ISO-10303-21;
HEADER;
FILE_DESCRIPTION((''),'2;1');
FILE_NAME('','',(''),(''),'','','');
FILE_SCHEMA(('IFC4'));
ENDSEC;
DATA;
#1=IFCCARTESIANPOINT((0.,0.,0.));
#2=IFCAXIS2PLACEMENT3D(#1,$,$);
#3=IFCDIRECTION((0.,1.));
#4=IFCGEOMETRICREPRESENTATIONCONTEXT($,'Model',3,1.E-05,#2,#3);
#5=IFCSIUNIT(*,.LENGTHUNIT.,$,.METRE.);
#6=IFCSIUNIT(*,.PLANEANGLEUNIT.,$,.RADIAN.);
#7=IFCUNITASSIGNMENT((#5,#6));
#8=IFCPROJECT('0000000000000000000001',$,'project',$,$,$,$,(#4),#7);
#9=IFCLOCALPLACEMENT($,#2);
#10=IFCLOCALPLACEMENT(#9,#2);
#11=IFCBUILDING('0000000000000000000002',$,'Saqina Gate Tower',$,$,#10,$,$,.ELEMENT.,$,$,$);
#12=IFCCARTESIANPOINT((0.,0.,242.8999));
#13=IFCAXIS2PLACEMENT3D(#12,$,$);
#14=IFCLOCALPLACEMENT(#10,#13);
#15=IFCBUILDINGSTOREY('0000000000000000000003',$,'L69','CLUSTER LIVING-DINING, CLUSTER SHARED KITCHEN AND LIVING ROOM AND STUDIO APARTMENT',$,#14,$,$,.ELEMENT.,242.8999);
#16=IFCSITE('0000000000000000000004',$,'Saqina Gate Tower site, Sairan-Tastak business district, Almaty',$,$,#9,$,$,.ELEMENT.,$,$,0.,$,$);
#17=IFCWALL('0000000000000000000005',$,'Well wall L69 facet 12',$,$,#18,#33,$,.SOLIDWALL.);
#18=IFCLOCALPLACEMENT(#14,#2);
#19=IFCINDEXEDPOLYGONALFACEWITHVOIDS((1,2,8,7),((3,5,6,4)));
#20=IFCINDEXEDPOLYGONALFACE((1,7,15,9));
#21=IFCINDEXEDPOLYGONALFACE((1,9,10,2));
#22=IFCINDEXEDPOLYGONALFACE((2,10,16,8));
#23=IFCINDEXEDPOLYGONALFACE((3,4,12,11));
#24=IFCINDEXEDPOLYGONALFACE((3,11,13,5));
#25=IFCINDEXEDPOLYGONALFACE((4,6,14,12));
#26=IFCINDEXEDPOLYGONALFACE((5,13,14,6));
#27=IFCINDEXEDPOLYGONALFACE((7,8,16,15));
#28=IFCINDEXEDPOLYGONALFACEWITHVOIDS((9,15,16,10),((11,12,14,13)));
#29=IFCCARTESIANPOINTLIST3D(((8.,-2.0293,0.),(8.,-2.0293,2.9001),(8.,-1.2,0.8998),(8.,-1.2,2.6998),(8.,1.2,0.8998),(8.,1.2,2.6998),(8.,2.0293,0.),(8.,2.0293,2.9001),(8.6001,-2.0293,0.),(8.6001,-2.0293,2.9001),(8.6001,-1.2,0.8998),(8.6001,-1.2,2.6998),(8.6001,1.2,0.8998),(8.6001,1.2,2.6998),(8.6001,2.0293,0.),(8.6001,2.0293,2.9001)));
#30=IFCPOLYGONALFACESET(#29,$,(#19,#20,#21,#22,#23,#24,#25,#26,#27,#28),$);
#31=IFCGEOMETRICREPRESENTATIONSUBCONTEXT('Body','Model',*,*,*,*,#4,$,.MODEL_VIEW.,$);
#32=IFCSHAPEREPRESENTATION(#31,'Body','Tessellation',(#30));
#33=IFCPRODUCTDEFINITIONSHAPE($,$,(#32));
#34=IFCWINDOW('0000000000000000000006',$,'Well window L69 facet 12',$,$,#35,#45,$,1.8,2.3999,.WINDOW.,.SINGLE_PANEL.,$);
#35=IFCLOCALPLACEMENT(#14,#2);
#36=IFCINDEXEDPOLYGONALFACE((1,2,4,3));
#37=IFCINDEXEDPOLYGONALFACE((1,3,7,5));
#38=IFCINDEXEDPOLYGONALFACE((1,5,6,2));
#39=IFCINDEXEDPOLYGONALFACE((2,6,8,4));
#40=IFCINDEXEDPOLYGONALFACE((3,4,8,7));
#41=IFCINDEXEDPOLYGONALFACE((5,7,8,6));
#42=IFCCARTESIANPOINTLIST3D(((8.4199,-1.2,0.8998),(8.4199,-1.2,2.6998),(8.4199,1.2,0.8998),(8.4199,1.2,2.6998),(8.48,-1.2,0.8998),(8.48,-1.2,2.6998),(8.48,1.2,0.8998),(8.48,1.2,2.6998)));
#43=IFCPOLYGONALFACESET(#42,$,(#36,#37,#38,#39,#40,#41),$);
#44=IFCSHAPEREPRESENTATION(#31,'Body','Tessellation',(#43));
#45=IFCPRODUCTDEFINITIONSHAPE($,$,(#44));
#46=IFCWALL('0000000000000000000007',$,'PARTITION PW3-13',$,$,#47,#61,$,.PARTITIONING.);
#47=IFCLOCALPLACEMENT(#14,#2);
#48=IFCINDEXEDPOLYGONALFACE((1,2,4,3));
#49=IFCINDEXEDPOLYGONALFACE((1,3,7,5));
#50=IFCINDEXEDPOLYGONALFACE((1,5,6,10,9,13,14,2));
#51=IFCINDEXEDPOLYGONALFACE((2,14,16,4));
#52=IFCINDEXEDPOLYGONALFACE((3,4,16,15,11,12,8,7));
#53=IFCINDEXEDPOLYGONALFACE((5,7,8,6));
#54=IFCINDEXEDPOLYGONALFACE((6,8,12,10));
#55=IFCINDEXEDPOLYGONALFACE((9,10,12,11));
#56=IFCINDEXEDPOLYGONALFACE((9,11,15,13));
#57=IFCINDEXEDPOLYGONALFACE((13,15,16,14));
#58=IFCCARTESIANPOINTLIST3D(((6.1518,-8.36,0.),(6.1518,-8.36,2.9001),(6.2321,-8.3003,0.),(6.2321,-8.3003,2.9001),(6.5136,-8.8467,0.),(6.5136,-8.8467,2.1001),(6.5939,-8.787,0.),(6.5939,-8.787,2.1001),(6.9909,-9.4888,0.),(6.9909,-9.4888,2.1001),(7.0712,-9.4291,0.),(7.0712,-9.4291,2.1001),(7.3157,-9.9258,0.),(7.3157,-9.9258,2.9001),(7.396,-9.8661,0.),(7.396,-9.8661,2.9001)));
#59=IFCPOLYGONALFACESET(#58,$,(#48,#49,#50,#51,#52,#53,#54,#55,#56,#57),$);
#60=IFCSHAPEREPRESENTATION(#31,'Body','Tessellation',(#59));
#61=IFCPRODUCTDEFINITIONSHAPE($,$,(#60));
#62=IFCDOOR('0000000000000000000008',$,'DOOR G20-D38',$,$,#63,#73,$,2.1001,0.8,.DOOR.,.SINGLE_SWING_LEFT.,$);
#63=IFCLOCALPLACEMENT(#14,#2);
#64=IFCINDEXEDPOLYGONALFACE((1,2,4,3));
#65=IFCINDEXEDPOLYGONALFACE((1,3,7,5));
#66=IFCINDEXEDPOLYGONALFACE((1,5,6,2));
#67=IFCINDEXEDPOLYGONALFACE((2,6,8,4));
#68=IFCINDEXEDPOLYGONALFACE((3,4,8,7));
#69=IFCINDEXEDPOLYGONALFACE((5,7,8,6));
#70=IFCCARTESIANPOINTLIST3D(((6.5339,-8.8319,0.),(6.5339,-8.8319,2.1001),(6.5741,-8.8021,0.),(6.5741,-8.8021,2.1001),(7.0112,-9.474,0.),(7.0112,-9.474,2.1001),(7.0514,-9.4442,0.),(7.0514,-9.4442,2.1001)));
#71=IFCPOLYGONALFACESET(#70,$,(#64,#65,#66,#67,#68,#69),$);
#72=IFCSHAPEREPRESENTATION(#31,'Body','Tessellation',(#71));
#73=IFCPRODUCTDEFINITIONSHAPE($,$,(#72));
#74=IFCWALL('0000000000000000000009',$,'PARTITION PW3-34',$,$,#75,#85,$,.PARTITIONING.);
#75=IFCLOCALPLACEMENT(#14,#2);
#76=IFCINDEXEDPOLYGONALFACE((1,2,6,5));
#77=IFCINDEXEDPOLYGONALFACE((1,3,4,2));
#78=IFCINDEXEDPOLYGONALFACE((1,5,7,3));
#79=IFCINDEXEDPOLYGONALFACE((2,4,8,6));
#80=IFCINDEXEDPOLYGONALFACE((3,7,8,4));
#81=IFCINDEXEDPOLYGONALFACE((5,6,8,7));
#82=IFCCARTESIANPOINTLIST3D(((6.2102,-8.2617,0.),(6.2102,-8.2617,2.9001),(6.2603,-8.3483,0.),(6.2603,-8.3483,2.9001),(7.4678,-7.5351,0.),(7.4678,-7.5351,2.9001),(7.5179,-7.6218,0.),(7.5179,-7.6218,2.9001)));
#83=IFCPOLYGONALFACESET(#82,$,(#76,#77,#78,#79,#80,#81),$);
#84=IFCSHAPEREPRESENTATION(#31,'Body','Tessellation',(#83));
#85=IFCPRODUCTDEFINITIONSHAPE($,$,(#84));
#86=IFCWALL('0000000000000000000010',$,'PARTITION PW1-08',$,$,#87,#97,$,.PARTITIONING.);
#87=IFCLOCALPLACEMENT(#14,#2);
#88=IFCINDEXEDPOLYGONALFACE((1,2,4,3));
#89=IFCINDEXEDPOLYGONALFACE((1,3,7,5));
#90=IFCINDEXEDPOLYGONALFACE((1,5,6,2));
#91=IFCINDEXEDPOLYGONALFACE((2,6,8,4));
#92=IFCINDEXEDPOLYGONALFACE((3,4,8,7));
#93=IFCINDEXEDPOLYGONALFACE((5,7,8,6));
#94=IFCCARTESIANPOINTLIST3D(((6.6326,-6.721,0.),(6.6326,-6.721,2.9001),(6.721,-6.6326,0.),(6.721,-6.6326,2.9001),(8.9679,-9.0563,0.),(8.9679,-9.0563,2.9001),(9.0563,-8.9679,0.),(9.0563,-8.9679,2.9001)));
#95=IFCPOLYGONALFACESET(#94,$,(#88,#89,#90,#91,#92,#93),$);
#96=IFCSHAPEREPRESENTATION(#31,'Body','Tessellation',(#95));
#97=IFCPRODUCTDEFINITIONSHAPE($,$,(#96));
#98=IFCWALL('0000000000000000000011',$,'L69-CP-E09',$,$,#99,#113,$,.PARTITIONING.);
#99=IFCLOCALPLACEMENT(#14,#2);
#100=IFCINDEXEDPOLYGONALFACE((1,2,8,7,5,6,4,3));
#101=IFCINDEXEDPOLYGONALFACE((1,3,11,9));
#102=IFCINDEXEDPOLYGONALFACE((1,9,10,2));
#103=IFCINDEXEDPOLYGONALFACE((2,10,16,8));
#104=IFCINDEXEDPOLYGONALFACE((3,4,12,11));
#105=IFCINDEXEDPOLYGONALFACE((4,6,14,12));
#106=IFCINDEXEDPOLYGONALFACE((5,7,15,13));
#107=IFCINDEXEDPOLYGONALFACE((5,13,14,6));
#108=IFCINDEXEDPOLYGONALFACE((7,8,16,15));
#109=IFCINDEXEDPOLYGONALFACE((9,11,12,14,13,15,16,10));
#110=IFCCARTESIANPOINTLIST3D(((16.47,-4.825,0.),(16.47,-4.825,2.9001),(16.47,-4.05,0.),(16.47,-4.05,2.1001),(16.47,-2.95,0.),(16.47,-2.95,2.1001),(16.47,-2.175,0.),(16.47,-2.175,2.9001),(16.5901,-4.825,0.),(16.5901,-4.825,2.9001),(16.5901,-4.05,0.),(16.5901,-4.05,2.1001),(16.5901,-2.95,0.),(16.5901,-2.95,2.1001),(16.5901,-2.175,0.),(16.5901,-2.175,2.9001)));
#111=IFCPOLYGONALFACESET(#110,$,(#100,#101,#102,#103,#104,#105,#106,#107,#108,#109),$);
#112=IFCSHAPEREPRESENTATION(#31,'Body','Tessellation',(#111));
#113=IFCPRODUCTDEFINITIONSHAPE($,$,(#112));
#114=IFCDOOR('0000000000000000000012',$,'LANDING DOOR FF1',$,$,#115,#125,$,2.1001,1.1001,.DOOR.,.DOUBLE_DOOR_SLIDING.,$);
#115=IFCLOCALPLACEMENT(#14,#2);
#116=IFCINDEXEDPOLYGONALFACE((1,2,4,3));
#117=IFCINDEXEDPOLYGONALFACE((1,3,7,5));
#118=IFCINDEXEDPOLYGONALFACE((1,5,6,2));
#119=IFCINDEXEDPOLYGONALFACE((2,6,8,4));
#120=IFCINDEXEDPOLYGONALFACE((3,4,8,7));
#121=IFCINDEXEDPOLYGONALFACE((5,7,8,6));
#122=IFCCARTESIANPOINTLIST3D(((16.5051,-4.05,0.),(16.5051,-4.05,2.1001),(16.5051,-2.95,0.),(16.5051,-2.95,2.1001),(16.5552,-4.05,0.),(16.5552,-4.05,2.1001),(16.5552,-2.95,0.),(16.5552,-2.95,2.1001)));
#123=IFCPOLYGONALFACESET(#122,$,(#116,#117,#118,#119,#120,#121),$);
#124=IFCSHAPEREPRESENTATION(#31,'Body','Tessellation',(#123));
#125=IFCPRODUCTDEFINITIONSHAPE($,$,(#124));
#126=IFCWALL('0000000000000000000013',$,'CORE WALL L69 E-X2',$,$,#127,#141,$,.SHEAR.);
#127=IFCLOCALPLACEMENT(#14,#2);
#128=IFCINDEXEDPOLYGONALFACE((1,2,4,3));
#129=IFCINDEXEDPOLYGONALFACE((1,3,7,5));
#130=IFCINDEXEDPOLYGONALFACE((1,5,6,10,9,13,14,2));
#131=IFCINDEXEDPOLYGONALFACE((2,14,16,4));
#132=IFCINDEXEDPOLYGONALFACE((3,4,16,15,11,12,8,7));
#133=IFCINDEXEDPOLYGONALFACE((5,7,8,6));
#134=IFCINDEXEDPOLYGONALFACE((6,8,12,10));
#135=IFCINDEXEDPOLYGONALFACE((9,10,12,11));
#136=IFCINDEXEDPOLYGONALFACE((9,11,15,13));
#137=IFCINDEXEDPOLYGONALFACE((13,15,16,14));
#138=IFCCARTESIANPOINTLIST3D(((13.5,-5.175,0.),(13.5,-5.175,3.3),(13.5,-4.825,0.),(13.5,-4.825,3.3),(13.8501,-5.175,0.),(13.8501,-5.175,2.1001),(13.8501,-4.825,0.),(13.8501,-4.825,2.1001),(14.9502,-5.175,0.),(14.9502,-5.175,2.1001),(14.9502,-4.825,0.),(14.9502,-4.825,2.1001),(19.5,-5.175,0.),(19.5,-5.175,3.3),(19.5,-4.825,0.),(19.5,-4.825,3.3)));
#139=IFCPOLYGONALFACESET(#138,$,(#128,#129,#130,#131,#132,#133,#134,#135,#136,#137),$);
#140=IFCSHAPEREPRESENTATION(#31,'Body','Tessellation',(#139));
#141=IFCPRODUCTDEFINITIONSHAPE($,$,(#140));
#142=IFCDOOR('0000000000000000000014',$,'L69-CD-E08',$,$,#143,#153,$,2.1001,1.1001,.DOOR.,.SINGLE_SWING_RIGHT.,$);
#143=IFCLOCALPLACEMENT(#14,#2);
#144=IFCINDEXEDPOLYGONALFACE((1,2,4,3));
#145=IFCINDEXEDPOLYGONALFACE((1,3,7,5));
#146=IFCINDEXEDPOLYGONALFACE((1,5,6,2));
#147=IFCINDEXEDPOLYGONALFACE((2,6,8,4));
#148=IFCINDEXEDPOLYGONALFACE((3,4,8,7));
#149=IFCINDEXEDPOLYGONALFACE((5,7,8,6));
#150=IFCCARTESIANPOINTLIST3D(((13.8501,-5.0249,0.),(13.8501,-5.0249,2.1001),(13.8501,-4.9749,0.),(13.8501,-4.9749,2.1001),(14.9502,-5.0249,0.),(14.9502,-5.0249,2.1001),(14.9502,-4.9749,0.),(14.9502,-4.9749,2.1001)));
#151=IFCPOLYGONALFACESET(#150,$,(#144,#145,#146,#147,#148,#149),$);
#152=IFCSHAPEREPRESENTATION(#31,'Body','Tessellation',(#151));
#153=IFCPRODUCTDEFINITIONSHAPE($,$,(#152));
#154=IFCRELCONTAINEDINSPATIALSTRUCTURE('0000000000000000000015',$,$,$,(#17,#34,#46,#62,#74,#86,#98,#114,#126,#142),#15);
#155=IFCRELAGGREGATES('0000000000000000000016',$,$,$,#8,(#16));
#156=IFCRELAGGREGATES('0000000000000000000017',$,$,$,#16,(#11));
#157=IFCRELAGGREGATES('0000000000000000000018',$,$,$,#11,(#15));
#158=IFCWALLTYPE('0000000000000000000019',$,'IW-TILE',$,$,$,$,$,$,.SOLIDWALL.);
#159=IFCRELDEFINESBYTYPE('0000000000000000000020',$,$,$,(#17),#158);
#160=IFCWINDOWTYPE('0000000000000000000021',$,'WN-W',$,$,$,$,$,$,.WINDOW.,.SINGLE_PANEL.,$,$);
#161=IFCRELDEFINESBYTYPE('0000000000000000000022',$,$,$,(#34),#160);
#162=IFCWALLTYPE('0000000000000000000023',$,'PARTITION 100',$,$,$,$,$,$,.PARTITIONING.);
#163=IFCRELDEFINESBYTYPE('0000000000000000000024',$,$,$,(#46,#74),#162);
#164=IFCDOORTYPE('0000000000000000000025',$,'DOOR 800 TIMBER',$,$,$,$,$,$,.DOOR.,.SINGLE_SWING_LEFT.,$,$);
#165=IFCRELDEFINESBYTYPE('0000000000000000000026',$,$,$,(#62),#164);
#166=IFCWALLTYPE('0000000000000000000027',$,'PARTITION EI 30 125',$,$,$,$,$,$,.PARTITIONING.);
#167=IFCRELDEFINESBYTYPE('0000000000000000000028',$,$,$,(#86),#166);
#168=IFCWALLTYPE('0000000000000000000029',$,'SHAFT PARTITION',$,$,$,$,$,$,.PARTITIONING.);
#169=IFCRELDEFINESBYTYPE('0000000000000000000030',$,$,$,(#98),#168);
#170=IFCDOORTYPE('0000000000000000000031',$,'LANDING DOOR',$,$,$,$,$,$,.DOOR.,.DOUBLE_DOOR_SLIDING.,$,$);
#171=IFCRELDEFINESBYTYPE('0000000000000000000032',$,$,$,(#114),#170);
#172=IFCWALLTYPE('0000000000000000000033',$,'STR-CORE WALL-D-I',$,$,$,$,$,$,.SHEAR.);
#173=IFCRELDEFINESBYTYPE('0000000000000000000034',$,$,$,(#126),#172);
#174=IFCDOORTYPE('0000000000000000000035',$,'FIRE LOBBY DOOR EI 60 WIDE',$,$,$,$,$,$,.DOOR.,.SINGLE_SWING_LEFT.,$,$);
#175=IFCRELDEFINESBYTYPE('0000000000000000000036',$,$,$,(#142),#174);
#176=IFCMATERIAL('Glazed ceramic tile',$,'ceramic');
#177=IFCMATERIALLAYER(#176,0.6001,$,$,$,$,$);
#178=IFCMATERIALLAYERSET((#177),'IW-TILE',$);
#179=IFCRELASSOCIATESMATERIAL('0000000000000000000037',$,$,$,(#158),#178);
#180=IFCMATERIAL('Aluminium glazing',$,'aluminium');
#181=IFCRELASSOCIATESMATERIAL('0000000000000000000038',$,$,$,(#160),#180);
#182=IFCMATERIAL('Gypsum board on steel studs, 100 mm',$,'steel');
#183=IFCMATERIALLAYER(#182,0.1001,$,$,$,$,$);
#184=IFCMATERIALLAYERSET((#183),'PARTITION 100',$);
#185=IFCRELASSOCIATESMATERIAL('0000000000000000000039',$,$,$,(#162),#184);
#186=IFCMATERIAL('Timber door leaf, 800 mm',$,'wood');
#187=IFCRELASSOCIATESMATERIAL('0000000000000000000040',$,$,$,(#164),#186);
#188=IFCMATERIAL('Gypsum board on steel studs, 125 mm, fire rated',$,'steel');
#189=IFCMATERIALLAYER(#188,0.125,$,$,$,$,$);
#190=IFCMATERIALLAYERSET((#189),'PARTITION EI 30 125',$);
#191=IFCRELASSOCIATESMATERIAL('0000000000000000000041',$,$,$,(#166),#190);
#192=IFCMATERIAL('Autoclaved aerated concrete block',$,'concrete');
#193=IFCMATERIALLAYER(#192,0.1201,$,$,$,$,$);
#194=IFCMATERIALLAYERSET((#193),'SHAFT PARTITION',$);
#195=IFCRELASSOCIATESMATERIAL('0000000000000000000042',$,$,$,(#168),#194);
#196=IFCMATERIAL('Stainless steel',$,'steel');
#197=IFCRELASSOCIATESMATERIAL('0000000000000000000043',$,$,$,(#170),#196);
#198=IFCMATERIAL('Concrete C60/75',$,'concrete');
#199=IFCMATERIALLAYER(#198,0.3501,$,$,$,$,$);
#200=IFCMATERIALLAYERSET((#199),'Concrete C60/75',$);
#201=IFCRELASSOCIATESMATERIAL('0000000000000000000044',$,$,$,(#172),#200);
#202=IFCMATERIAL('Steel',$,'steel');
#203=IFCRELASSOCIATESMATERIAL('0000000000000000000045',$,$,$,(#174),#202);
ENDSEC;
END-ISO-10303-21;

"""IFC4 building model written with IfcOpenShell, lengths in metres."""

from ifc_helpers import new_model, si_unit, direction, frame, frame_2d, origin, place, context, subcontext, project, spatial, rectangle, extrude, material, layer, layer_set, type_object, element, fill, save


model = new_model("IFC4")

# Units and contexts
model_context = context("Model", 3, precision=1e-05, world=origin(), true_north=direction((0.0, 1.0)))
body_context = subcontext(model_context, "Body", "Model", "MODEL_VIEW")
ifc_project = project(units=[si_unit("LENGTHUNIT", "METRE"), si_unit("PLANEANGLEUNIT", "RADIAN")], contexts=[model_context])

# Site, building, storey
site_placement = place(None, origin())
site = spatial("IfcSite", under=ifc_project, at=site_placement, Name="Saqina Gate Tower site, Sairan-Tastak business district, Almaty", CompositionType="ELEMENT", RefElevation=0.0)
building_placement = place(site_placement, origin())
building = spatial("IfcBuilding", under=site, at=building_placement, Name="Saqina Gate Tower", CompositionType="ELEMENT")
storey_placement = place(building_placement, frame((0.0, 0.0, 242.8999)))
storey = spatial("IfcBuildingStorey", under=building, at=storey_placement, Name="L69", Description="CLUSTER LIVING-DINING, CLUSTER SHARED KITCHEN AND LIVING ROOM AND STUDIO APARTMENT", CompositionType="ELEMENT", Elevation=242.8999)

# Wall, opening, window
ifc_material_1 = material(Name="Glazed ceramic tile", Category="ceramic")
ifc_layer_1 = layer(ifc_material_1, 0.6001)
ifc_layer_set_1 = layer_set([ifc_layer_1], Name="IW-TILE")
wall_type_1 = type_object("IfcWallType", Name="IW-TILE", PredefinedType="SOLIDWALL", material=ifc_layer_set_1)
ifc_material_2 = material(Name="Aluminium glazing", Category="aluminium")
window_type = type_object("IfcWindowType", Name="WN-W", PartitioningType="SINGLE_PANEL", PredefinedType="WINDOW", material=ifc_material_2)
wall_1_placement = place(storey_placement, frame((8.3, -2.0293, 0.0), z_axis=(0.0, 0.0, 1.0), x_axis=(0.0, 1.0, 0.0)))
wall_1 = element("IfcWall", 1, at=wall_1_placement, inside=storey, type_object=wall_type_1, Name="Well wall L69 facet 12", PredefinedType="SOLIDWALL", context=body_context, shape_type="SweptSolid", body=[
    extrude(rectangle(XDim=4.0586, YDim=0.6001, at=frame_2d((2.0293, 0.0))), origin(), (0.0, 0.0, 1.0), 2.9001),
])
opening_1_placement = place(wall_1_placement, frame((0.8293, 0.0, 0.8999)))
opening_1 = element("IfcOpeningElement", 2, at=opening_1_placement, cuts=wall_1, PredefinedType="OPENING", context=body_context, shape_type="SweptSolid", body=[
    extrude(rectangle(XDim=2.3999, YDim=1.8, at=frame_2d((1.2, 0.8999))), frame((0.0, 0.312, 0.0), z_axis=(0.0, -1.0, 0.0), x_axis=(1.0, 0.0, 0.0)), (0.0, 0.0, 1.0), 0.624),
])
window_1_placement = place(opening_1_placement, origin())
window_1 = element("IfcWindow", 3, at=window_1_placement, inside=storey, type_object=window_type, Name="Well window L69 facet 12", OverallHeight=1.8, OverallWidth=2.3999, PartitioningType="SINGLE_PANEL", PredefinedType="WINDOW", context=body_context, shape_type="SweptSolid", body=[
    extrude(rectangle(XDim=2.3999, YDim=1.8, at=frame_2d((1.2, 0.8999))), frame((0.0, -0.1199, 0.0), z_axis=(0.0, -1.0, 0.0), x_axis=(1.0, 0.0, 0.0)), (0.0, 0.0, 1.0), 0.0601),
])
fill(opening_1, window_1)

# Wall, opening, door
ifc_material_3 = material(Name="Gypsum board on steel studs, 100 mm", Category="steel")
ifc_layer_2 = layer(ifc_material_3, 0.1001)
ifc_layer_set_2 = layer_set([ifc_layer_2], Name="PARTITION 100")
wall_type_2 = type_object("IfcWallType", Name="PARTITION 100", PredefinedType="PARTITIONING", material=ifc_layer_set_2)
wall_2_placement = place(storey_placement, frame((6.1919, -8.3301, 0.0), z_axis=(0.0, 0.0, 1.0), x_axis=(0.596571, -0.802561, 0.0)))
wall_2 = element("IfcWall", 4, at=wall_2_placement, inside=storey, type_object=wall_type_2, Name="PARTITION PW3-13", PredefinedType="PARTITIONING", context=body_context, shape_type="SweptSolid", body=[
    extrude(rectangle(XDim=1.9509, YDim=0.1001, at=frame_2d((0.9756, 0.0))), origin(), (0.0, 0.0, 1.0), 2.9001),
])
opening_2_placement = place(wall_2_placement, frame((0.6067, 0.0, 0.0)))
opening_2 = element("IfcOpeningElement", 5, at=opening_2_placement, cuts=wall_2, PredefinedType="OPENING", context=body_context, shape_type="SweptSolid", body=[
    extrude(rectangle(XDim=0.8, YDim=2.1001, at=frame_2d((0.3999, 1.05))), frame((0.0, 0.062, 0.0), z_axis=(0.0, -1.0, 0.0), x_axis=(1.0, 0.0, 0.0)), (0.0, 0.0, 1.0), 0.124),
])
ifc_material_4 = material(Name="Timber door leaf, 800 mm", Category="wood")
door_type_1 = type_object("IfcDoorType", Name="DOOR 800 TIMBER", OperationType="SINGLE_SWING_LEFT", PredefinedType="DOOR", material=ifc_material_4)
door_1_placement = place(opening_2_placement, frame((0.8, 0.0, 0.0), z_axis=(0.0, 0.0, 1.0), x_axis=(-1.0, 0.0, 0.0)))
door_1 = element("IfcDoor", 6, at=door_1_placement, inside=storey, type_object=door_type_1, Name="DOOR G20-D38", OperationType="SINGLE_SWING_LEFT", OverallHeight=2.1001, OverallWidth=0.8, PredefinedType="DOOR", context=body_context, shape_type="SweptSolid", body=[
    extrude(rectangle(XDim=0.8, YDim=2.1001, at=frame_2d((0.3999, 1.05))), frame((0.0, 0.0249, 0.0), z_axis=(0.0, -1.0, 0.0), x_axis=(1.0, 0.0, 0.0)), (0.0, 0.0, 1.0), 0.05),
])
fill(opening_2, door_1)

# Walls
wall_3_placement = place(storey_placement, frame((6.2354, -8.3049, 0.0), z_axis=(0.0, 0.0, 1.0), x_axis=(0.865875, 0.500261, 0.0)))
element("IfcWall", 7, at=wall_3_placement, inside=storey, type_object=wall_type_2, Name="PARTITION PW3-34", PredefinedType="PARTITIONING", context=body_context, shape_type="SweptSolid", body=[
    extrude(rectangle(XDim=1.4524, YDim=0.1001, at=frame_2d((0.7261, 0.0))), origin(), (0.0, 0.0, 1.0), 2.9001),
])
ifc_material_5 = material(Name="Gypsum board on steel studs, 125 mm, fire rated", Category="steel")
ifc_layer_3 = layer(ifc_material_5, 0.125)
ifc_layer_set_3 = layer_set([ifc_layer_3], Name="PARTITION EI 30 125")
wall_type_3 = type_object("IfcWallType", Name="PARTITION EI 30 125", PredefinedType="PARTITIONING", material=ifc_layer_set_3)
wall_4_placement = place(storey_placement, frame((6.6768, -6.6768, 0.0), z_axis=(0.0, 0.0, 1.0), x_axis=(0.707107, -0.707107, 0.0)))
element("IfcWall", 8, at=wall_4_placement, inside=storey, type_object=wall_type_3, Name="PARTITION PW1-08", PredefinedType="PARTITIONING", context=body_context, shape_type="SweptSolid", body=[
    extrude(rectangle(XDim=3.3025, YDim=0.125, at=frame_2d((1.6514, 0.0))), origin(), (0.0, 0.0, 1.0), 2.9001),
])

# Walls, openings, doors
ifc_material_6 = material(Name="Autoclaved aerated concrete block", Category="concrete")
ifc_layer_4 = layer(ifc_material_6, 0.1201)
ifc_layer_set_4 = layer_set([ifc_layer_4], Name="SHAFT PARTITION")
wall_type_4 = type_object("IfcWallType", Name="SHAFT PARTITION", PredefinedType="PARTITIONING", material=ifc_layer_set_4)
wall_5_placement = place(storey_placement, frame((16.53, -4.825, 0.0), z_axis=(0.0, 0.0, 1.0), x_axis=(0.0, 1.0, 0.0)))
wall_5 = element("IfcWall", 9, at=wall_5_placement, inside=storey, type_object=wall_type_4, Name="L69-CP-E09", PredefinedType="PARTITIONING", context=body_context, shape_type="SweptSolid", body=[
    extrude(rectangle(XDim=2.6499, YDim=0.1201, at=frame_2d((1.325, 0.0))), origin(), (0.0, 0.0, 1.0), 2.9001),
])
opening_3_placement = place(wall_5_placement, frame((0.7749, 0.0, 0.0)))
opening_3 = element("IfcOpeningElement", 10, at=opening_3_placement, cuts=wall_5, PredefinedType="OPENING", context=body_context, shape_type="SweptSolid", body=[
    extrude(rectangle(XDim=1.1001, YDim=2.1001, at=frame_2d((0.55, 1.05))), frame((0.0, 0.072, 0.0), z_axis=(0.0, -1.0, 0.0), x_axis=(1.0, 0.0, 0.0)), (0.0, 0.0, 1.0), 0.144),
])
ifc_material_7 = material(Name="Stainless steel", Category="steel")
door_type_2 = type_object("IfcDoorType", Name="LANDING DOOR", OperationType="DOUBLE_DOOR_SLIDING", PredefinedType="DOOR", material=ifc_material_7)
door_2_placement = place(opening_3_placement, origin())
door_2 = element("IfcDoor", 11, at=door_2_placement, inside=storey, type_object=door_type_2, Name="LANDING DOOR FF1", OperationType="DOUBLE_DOOR_SLIDING", OverallHeight=2.1001, OverallWidth=1.1001, PredefinedType="DOOR", context=body_context, shape_type="SweptSolid", body=[
    extrude(rectangle(XDim=1.1001, YDim=2.1001, at=frame_2d((0.55, 1.05))), frame((0.0, 0.0249, 0.0), z_axis=(0.0, -1.0, 0.0), x_axis=(1.0, 0.0, 0.0)), (0.0, 0.0, 1.0), 0.05),
])
fill(opening_3, door_2)
ifc_material_8 = material(Name="Concrete C60/75", Category="concrete")
ifc_layer_5 = layer(ifc_material_8, 0.3501)
ifc_layer_set_5 = layer_set([ifc_layer_5], Name="Concrete C60/75")
wall_type_5 = type_object("IfcWallType", Name="STR-CORE WALL-D-I", PredefinedType="SHEAR", material=ifc_layer_set_5)
wall_6_placement = place(storey_placement, frame((13.5, -5.0, 0.0), z_axis=(0.0, 0.0, 1.0), x_axis=(1.0, 0.0, 0.0)))
wall_6 = element("IfcWall", 12, at=wall_6_placement, inside=storey, type_object=wall_type_5, Name="CORE WALL L69 E-X2", PredefinedType="SHEAR", context=body_context, shape_type="SweptSolid", body=[
    extrude(rectangle(XDim=6.0, YDim=0.3501, at=frame_2d((3.0, 0.0))), origin(), (0.0, 0.0, 1.0), 3.3),
])
opening_4_placement = place(wall_6_placement, frame((0.3501, 0.0, 0.0)))
opening_4 = element("IfcOpeningElement", 13, at=opening_4_placement, cuts=wall_6, PredefinedType="OPENING", context=body_context, shape_type="SweptSolid", body=[
    extrude(rectangle(XDim=1.1001, YDim=2.1001, at=frame_2d((0.55, 1.05))), frame((0.0, 0.187, 0.0), z_axis=(0.0, -1.0, 0.0), x_axis=(1.0, 0.0, 0.0)), (0.0, 0.0, 1.0), 0.374),
])
ifc_material_9 = material(Name="Steel", Category="steel")
door_type_3 = type_object("IfcDoorType", Name="FIRE LOBBY DOOR EI 60 WIDE", OperationType="SINGLE_SWING_LEFT", PredefinedType="DOOR", material=ifc_material_9)
door_3_placement = place(opening_4_placement, frame((1.1001, 0.0, 0.0), z_axis=(0.0, 0.0, 1.0), x_axis=(-1.0, 0.0, 0.0)))
door_3 = element("IfcDoor", 14, at=door_3_placement, inside=storey, type_object=door_type_3, Name="L69-CD-E08", OperationType="SINGLE_SWING_RIGHT", OverallHeight=2.1001, OverallWidth=1.1001, PredefinedType="DOOR", context=body_context, shape_type="SweptSolid", body=[
    extrude(rectangle(XDim=1.1001, YDim=2.1001, at=frame_2d((0.55, 1.05))), frame((0.0, 0.0249, 0.0), z_axis=(0.0, -1.0, 0.0), x_axis=(1.0, 0.0, 0.0)), (0.0, 0.0, 1.0), 0.05),
])
fill(opening_4, door_3)

save(model, "model.ifc")
